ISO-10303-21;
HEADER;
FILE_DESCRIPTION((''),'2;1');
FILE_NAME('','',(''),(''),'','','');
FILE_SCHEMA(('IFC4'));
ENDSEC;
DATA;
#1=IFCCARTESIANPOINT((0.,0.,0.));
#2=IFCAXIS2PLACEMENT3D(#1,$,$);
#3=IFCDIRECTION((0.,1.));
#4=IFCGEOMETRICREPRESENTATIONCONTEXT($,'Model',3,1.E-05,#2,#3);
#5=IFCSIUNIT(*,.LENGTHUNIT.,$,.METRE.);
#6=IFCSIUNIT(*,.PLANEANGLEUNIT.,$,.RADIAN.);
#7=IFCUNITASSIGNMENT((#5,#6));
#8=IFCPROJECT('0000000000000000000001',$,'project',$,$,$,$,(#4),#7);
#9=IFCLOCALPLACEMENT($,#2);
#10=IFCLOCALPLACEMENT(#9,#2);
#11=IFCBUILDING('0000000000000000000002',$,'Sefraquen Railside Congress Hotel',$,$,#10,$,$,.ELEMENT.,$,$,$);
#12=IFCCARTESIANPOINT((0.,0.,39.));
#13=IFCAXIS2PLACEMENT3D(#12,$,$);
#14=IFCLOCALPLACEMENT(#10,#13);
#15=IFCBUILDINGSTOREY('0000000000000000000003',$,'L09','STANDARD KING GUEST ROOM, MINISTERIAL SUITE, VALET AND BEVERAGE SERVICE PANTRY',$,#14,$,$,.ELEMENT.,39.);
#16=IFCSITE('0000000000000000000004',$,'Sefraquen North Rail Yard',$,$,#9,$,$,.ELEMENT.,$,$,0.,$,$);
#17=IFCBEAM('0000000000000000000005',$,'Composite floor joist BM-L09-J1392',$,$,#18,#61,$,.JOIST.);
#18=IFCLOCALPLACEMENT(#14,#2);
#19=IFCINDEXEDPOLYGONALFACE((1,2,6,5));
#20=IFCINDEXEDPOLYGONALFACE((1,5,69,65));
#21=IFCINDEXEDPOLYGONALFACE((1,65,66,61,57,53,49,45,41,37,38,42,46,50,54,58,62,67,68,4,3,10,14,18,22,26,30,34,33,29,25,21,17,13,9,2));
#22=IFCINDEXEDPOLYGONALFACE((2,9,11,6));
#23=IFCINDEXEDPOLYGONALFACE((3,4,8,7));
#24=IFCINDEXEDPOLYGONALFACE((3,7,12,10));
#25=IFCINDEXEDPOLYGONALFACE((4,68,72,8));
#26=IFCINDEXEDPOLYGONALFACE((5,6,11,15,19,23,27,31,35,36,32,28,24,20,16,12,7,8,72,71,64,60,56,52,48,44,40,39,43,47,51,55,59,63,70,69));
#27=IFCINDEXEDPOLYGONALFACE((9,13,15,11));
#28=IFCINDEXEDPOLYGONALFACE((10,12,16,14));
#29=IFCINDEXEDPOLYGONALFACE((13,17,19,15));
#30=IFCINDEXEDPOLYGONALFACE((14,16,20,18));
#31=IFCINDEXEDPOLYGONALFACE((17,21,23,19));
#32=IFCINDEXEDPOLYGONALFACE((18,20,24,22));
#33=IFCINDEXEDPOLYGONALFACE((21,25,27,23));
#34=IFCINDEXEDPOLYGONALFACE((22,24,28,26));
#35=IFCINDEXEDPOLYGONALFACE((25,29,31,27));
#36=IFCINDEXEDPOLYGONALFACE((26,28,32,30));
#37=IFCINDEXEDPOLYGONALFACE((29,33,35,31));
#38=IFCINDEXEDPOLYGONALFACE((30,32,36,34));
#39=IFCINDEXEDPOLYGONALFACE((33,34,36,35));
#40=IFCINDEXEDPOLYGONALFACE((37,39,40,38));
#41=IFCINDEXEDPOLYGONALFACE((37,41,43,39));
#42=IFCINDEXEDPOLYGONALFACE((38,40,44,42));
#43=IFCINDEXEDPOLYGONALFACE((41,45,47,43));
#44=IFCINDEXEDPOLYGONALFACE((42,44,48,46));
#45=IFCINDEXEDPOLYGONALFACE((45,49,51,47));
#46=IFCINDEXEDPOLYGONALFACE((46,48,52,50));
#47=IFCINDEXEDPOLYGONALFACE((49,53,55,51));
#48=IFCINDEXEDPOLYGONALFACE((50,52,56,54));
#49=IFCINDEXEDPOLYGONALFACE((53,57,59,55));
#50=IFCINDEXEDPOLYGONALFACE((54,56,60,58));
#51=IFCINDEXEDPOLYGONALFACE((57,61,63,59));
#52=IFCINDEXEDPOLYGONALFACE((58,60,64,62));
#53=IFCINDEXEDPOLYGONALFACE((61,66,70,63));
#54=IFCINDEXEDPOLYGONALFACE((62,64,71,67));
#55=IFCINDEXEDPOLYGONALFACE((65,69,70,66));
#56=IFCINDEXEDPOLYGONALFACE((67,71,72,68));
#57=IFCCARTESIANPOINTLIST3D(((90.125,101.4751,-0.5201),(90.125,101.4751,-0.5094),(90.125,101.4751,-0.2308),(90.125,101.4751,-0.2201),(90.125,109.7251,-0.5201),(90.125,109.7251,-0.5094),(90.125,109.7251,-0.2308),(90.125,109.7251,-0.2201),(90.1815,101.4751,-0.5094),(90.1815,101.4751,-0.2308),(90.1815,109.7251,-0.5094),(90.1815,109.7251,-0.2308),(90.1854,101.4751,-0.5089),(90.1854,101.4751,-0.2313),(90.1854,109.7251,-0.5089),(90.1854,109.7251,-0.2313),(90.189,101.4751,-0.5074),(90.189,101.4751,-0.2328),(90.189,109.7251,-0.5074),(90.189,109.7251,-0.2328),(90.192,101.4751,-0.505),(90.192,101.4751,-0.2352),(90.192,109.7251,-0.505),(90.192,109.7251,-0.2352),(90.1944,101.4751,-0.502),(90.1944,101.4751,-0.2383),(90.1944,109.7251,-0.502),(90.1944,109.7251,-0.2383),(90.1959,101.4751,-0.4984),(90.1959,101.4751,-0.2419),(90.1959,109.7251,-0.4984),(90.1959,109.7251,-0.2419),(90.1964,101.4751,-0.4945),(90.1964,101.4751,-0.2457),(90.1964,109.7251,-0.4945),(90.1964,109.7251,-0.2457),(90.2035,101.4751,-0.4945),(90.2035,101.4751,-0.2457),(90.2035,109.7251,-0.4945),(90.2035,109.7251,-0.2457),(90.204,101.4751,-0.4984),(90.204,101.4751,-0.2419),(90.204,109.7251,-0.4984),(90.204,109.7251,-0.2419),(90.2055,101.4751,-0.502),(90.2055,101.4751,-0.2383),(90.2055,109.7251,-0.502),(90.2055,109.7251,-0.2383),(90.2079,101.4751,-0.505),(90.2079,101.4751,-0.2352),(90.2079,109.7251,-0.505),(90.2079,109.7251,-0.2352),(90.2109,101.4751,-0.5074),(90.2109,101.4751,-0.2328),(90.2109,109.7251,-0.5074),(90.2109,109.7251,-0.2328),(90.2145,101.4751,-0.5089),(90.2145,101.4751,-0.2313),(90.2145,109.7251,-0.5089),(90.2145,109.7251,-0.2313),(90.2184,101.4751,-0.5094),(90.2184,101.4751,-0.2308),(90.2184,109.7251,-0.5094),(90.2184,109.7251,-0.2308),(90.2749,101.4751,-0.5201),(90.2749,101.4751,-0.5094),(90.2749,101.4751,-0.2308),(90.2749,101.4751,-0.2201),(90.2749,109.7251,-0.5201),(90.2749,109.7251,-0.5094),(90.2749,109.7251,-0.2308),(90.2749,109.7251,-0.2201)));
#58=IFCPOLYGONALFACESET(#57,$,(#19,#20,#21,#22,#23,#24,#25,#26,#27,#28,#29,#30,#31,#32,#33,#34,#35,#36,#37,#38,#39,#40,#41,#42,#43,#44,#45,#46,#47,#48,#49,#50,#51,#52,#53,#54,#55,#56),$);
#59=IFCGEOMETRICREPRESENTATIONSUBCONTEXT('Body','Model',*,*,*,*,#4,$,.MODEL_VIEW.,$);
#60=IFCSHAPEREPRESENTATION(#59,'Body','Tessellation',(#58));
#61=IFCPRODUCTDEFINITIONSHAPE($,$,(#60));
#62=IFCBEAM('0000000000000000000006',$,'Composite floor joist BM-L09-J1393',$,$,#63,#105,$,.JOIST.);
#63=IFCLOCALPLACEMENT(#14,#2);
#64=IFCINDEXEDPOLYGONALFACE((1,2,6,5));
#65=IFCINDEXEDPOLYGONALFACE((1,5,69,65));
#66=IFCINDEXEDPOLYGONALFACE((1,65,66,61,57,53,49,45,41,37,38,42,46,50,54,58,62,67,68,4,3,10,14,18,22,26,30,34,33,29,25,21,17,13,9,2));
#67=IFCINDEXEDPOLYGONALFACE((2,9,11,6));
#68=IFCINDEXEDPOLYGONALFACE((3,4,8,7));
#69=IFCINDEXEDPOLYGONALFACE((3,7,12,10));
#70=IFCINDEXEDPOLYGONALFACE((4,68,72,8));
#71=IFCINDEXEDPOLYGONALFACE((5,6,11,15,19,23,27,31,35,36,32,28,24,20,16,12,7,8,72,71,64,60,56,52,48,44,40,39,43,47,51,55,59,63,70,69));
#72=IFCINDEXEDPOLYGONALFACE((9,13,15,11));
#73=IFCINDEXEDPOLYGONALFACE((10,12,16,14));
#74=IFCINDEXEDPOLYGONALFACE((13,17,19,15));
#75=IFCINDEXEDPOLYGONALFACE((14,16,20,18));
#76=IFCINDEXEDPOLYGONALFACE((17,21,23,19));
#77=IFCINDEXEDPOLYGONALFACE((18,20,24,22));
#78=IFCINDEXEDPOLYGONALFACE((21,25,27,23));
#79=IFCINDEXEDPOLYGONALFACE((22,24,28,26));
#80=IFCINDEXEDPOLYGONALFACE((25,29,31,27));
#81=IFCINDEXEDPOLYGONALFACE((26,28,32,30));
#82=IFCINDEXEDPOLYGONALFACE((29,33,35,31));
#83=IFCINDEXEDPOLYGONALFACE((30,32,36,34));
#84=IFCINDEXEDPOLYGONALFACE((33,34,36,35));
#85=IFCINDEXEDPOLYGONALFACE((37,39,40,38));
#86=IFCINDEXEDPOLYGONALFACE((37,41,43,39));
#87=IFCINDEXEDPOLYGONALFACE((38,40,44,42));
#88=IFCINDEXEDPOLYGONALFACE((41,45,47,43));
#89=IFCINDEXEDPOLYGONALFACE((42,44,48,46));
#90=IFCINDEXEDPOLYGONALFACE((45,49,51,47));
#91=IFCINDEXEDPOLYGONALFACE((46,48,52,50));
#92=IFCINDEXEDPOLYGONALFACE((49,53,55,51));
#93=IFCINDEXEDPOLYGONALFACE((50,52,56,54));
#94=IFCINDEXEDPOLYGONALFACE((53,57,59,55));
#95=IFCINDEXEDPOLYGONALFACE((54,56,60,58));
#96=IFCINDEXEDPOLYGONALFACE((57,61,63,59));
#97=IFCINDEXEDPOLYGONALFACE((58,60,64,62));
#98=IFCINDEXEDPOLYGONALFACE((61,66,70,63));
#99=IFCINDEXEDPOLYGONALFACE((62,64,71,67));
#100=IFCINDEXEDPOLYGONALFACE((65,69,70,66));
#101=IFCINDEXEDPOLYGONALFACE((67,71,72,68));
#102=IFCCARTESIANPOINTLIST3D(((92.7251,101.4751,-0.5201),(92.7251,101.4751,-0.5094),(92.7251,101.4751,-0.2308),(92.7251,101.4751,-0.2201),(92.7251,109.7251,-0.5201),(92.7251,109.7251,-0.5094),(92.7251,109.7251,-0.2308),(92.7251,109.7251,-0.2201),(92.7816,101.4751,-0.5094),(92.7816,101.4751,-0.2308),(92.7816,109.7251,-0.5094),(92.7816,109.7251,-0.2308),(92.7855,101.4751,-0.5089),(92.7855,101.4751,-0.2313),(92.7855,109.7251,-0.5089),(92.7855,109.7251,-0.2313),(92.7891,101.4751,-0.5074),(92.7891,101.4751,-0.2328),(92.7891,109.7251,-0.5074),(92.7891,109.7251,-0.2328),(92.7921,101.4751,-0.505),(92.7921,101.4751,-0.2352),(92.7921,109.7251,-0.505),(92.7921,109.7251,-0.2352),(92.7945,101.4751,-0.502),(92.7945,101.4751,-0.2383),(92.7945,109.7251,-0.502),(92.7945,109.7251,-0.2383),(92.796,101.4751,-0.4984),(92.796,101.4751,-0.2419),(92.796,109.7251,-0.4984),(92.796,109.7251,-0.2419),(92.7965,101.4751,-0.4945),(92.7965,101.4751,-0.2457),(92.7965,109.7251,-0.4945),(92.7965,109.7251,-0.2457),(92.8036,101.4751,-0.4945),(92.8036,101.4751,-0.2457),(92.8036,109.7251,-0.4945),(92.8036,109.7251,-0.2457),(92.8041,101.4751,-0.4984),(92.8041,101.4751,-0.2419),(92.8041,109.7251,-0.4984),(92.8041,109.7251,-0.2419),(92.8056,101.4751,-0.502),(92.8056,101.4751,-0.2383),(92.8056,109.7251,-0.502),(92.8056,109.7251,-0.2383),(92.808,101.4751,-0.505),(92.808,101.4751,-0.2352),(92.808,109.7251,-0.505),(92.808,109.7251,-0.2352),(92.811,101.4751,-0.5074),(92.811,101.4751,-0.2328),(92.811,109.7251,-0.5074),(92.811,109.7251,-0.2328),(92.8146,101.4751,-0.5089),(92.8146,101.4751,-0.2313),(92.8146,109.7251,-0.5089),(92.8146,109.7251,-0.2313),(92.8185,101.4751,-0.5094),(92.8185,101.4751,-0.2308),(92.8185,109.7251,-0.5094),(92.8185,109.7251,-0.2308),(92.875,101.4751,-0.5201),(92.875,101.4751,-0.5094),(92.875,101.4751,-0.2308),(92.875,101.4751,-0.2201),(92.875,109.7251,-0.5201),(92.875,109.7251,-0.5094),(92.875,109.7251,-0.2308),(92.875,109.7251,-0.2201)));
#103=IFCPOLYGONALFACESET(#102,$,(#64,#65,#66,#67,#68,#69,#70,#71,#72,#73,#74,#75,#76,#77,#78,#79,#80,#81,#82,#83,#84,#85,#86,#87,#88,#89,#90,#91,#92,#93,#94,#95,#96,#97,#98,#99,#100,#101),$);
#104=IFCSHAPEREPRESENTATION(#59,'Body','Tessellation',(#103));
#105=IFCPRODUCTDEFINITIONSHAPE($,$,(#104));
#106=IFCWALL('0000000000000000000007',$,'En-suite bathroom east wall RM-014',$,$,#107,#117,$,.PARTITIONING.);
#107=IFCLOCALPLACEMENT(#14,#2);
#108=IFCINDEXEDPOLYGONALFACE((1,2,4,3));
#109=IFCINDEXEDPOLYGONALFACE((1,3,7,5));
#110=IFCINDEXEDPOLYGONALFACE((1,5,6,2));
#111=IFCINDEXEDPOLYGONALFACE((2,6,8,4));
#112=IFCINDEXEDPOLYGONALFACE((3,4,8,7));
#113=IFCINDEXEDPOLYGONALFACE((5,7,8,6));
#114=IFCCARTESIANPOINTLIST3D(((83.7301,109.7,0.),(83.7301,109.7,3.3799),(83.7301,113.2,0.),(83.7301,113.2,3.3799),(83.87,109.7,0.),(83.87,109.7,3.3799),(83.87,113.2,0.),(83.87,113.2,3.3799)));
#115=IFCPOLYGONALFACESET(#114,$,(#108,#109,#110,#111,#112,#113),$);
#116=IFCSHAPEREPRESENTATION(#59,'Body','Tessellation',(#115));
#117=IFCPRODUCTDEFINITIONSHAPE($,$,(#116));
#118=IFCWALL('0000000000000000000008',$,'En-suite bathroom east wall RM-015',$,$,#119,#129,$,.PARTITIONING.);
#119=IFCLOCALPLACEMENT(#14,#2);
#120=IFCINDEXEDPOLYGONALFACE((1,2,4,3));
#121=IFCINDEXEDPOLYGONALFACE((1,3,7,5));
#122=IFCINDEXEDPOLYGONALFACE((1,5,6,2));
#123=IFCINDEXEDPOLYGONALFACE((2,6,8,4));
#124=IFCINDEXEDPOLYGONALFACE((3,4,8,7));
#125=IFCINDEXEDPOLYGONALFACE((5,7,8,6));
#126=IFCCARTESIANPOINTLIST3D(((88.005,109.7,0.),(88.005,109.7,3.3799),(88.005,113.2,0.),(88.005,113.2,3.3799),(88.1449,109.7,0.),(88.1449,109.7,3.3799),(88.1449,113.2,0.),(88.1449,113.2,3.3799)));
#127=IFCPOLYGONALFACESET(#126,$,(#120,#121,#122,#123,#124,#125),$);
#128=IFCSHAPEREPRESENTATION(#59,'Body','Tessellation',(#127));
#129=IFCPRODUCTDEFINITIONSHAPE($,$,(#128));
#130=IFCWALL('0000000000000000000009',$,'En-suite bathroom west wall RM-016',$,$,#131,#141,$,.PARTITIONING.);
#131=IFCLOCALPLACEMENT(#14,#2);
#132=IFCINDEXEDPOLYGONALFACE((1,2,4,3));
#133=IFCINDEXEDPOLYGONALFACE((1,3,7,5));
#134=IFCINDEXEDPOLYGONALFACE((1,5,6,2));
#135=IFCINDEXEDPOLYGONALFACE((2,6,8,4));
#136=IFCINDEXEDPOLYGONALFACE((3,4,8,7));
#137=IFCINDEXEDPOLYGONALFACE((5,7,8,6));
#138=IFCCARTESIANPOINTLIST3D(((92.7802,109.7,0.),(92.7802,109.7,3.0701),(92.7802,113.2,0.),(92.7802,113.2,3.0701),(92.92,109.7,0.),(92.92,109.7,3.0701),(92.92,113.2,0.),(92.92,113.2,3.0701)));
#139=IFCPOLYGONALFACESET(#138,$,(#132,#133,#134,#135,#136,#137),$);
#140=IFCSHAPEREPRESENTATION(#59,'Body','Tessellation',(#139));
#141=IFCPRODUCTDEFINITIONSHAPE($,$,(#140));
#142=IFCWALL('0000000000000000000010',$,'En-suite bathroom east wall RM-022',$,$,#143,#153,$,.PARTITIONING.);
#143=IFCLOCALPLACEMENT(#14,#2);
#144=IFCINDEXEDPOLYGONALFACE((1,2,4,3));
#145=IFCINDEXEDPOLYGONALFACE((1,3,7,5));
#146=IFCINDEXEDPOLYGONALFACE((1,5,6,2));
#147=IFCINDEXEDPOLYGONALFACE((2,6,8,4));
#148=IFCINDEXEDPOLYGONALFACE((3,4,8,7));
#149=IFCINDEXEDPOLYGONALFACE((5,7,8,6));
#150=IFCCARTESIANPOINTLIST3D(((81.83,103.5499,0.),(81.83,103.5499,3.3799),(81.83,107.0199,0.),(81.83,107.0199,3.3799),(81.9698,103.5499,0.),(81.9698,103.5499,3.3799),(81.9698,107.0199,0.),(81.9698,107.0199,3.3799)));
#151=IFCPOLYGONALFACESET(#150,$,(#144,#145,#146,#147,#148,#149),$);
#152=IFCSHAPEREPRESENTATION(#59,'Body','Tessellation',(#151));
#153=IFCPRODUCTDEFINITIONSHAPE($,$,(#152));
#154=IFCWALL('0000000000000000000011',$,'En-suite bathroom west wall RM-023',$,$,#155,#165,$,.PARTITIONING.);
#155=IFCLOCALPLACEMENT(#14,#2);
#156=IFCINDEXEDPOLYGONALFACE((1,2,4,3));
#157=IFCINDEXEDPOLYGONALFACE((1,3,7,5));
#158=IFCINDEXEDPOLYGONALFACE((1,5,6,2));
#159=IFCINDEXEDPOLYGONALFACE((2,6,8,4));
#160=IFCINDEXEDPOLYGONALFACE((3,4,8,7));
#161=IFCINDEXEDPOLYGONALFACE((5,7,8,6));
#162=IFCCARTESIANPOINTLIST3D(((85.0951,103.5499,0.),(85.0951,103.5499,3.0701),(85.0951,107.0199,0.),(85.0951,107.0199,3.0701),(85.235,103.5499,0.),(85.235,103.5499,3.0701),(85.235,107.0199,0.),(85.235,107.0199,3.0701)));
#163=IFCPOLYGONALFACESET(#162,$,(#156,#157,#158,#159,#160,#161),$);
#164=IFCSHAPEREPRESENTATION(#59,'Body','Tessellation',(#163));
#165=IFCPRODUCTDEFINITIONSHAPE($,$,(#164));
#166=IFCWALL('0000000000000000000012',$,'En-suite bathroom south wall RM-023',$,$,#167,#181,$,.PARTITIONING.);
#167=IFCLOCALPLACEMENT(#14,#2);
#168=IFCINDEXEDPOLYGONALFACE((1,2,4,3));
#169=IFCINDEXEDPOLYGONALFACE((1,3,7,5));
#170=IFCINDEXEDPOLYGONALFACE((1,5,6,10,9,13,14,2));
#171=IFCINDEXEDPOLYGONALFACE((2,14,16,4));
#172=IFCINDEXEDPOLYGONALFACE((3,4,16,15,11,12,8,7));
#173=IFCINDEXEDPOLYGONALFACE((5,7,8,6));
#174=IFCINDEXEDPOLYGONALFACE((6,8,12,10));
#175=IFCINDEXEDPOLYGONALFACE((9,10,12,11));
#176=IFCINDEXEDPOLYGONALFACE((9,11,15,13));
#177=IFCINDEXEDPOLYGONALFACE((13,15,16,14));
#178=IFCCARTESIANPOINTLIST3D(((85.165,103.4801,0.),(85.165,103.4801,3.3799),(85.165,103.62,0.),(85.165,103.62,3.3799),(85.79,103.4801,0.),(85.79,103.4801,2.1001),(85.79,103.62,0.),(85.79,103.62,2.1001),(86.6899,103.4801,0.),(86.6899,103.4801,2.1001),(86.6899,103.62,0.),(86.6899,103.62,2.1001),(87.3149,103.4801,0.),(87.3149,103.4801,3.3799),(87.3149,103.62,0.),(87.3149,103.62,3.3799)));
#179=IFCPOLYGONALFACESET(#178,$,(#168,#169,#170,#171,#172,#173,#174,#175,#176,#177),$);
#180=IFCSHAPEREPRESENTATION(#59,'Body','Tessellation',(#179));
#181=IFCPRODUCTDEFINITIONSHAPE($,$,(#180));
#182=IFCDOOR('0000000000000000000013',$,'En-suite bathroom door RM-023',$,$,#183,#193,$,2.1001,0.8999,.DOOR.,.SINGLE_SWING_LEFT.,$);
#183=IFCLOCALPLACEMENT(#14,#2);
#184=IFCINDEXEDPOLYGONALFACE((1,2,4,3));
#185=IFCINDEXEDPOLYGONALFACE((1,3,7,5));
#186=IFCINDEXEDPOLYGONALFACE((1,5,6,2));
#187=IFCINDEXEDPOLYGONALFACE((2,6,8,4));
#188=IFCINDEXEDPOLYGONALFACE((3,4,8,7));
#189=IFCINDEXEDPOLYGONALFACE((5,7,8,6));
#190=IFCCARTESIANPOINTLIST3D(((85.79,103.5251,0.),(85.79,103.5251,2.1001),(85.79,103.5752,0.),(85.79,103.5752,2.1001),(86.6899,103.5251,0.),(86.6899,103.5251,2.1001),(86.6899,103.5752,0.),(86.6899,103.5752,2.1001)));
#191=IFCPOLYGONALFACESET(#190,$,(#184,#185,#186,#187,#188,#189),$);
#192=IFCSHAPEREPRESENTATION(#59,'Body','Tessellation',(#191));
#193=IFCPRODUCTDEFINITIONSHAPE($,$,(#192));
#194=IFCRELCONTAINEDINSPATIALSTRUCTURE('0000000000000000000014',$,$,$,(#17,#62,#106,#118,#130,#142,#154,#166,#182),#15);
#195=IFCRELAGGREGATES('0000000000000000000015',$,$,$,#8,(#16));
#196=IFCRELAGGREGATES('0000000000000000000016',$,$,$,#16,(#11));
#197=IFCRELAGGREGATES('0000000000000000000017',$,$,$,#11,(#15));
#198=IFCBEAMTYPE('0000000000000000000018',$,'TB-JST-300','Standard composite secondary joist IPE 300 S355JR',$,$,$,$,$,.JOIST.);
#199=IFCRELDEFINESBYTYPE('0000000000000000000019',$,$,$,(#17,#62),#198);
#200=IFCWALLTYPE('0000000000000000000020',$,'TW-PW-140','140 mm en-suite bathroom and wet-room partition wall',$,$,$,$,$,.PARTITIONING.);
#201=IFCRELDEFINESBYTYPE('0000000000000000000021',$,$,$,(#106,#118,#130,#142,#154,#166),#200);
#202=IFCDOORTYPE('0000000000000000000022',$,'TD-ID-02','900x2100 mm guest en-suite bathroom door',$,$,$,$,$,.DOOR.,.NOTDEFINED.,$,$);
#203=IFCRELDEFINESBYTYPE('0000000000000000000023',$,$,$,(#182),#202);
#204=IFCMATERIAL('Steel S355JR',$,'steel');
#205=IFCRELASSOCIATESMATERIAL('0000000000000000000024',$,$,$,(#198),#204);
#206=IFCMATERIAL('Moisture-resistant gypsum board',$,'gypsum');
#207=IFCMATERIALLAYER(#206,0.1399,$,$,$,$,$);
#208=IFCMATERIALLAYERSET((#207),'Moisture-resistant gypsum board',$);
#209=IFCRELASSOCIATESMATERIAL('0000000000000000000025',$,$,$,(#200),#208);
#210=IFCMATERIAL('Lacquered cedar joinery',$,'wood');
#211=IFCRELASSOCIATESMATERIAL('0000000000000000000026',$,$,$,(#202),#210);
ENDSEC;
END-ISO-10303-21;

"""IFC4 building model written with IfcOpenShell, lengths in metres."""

from ifc_helpers import new_model, si_unit, direction, frame, frame_2d, origin, origin_2d, place, context, subcontext, project, spatial, rectangle, i_section, extrude, material, layer, layer_set, material_profile, profile_set, type_object, element, fill, save


model = new_model("IFC4")

# Units and contexts
model_context = context("Model", 3, precision=1e-05, world=origin(), true_north=direction((0.0, 1.0)))
body_context = subcontext(model_context, "Body", "Model", "MODEL_VIEW")
ifc_project = project(units=[si_unit("LENGTHUNIT", "METRE"), si_unit("PLANEANGLEUNIT", "RADIAN")], contexts=[model_context])

# Site, building, storey
site_placement = place(None, origin())
site = spatial("IfcSite", under=ifc_project, at=site_placement, Name="Sefraquen North Rail Yard", CompositionType="ELEMENT", RefElevation=0.0)
building_placement = place(site_placement, origin())
building = spatial("IfcBuilding", under=site, at=building_placement, Name="Sefraquen Railside Congress Hotel", CompositionType="ELEMENT")
storey_placement = place(building_placement, frame((0.0, 0.0, 39.0)))
storey = spatial("IfcBuildingStorey", under=building, at=storey_placement, Name="L09", Description="STANDARD KING GUEST ROOM, MINISTERIAL SUITE, VALET AND BEVERAGE SERVICE PANTRY", CompositionType="ELEMENT", Elevation=39.0)

# Beams
ifc_material_1 = material(Name="Steel S355JR", Category="steel")
ifc_material_profile_1 = material_profile(ifc_material_1, i_section(OverallWidth=0.1499, OverallDepth=0.3, WebThickness=0.0071, FlangeThickness=0.0107, FilletRadius=0.0149, at=origin_2d()), Name="IPE 300")
ifc_profile_set_1 = profile_set([ifc_material_profile_1], Name="Steel S355JR")
beam_type_1 = type_object("IfcBeamType", Name="TB-JST-300", Description="Standard composite secondary joist IPE 300 S355JR", PredefinedType="JOIST", material=ifc_profile_set_1)
for number, where, z_axis, x_axis, name in (
    (1, (90.2, 101.4751, -0.3701), (0.0, 1.0, 0.0), (-1.0, 0.0, 0.0), "Composite floor joist BM-L09-J1392"),
    (2, (92.8, 101.4751, -0.3701), (0.0, 1.0, 0.0), (-1.0, 0.0, 0.0), "Composite floor joist BM-L09-J1393"),
):
    element("IfcBeam", number, at=place(storey_placement, frame(where, z_axis=z_axis, x_axis=x_axis)), inside=storey, type_object=beam_type_1, Name=name, PredefinedType="JOIST", context=body_context, shape_type="SweptSolid", body=[
        extrude(i_section(OverallWidth=0.1499, OverallDepth=0.3, WebThickness=0.0071, FlangeThickness=0.0107, FilletRadius=0.0149, at=origin_2d()), origin(), (0.0, 0.0, 1.0), 8.25),
    ])

# Walls
ifc_material_2 = material(Name="Moisture-resistant gypsum board", Category="gypsum")
ifc_layer_1 = layer(ifc_material_2, 0.1399)
ifc_layer_set_1 = layer_set([ifc_layer_1], Name="Moisture-resistant gypsum board")
wall_type_1 = type_object("IfcWallType", Name="TW-PW-140", Description="140 mm en-suite bathroom and wet-room partition wall", PredefinedType="PARTITIONING", material=ifc_layer_set_1)
for number, where, z_axis, x_axis, name in (
    (3, (83.8, 109.7, 0.0), (0.0, 0.0, 1.0), (0.0, 1.0, 0.0), "En-suite bathroom east wall RM-014"),
    (4, (88.075, 109.7, 0.0), (0.0, 0.0, 1.0), (0.0, 1.0, 0.0), "En-suite bathroom east wall RM-015"),
):
    element("IfcWall", number, at=place(storey_placement, frame(where, z_axis=z_axis, x_axis=x_axis)), inside=storey, type_object=wall_type_1, Name=name, PredefinedType="PARTITIONING", context=body_context, shape_type="SweptSolid", body=[
        extrude(rectangle(XDim=3.5, YDim=0.1399, at=frame_2d((1.75, 0.0))), origin(), (0.0, 0.0, 1.0), 3.3799),
    ])
wall_1_placement = place(storey_placement, frame((92.8501, 109.7, 0.0), z_axis=(0.0, 0.0, 1.0), x_axis=(0.0, 1.0, 0.0)))
element("IfcWall", 5, at=wall_1_placement, inside=storey, type_object=wall_type_1, Name="En-suite bathroom west wall RM-016", PredefinedType="PARTITIONING", context=body_context, shape_type="SweptSolid", body=[
    extrude(rectangle(XDim=3.5, YDim=0.1399, at=frame_2d((1.75, 0.0))), origin(), (0.0, 0.0, 1.0), 3.0701),
])
wall_2_placement = place(storey_placement, frame((81.8999, 103.55, 0.0), z_axis=(0.0, 0.0, 1.0), x_axis=(0.0, 1.0, 0.0)))
element("IfcWall", 6, at=wall_2_placement, inside=storey, type_object=wall_type_1, Name="En-suite bathroom east wall RM-022", PredefinedType="PARTITIONING", context=body_context, shape_type="SweptSolid", body=[
    extrude(rectangle(XDim=3.47, YDim=0.1399, at=frame_2d((1.7349, 0.0))), origin(), (0.0, 0.0, 1.0), 3.3799),
])
wall_3_placement = place(storey_placement, frame((85.165, 103.55, 0.0), z_axis=(0.0, 0.0, 1.0), x_axis=(0.0, 1.0, 0.0)))
element("IfcWall", 7, at=wall_3_placement, inside=storey, type_object=wall_type_1, Name="En-suite bathroom west wall RM-023", PredefinedType="PARTITIONING", context=body_context, shape_type="SweptSolid", body=[
    extrude(rectangle(XDim=3.47, YDim=0.1399, at=frame_2d((1.7349, 0.0))), origin(), (0.0, 0.0, 1.0), 3.0701),
])

# Wall, opening, door
wall_4_placement = place(storey_placement, frame((85.165, 103.55, 0.0), z_axis=(0.0, 0.0, 1.0), x_axis=(1.0, 0.0, 0.0)))
wall_4 = element("IfcWall", 8, at=wall_4_placement, inside=storey, type_object=wall_type_1, Name="En-suite bathroom south wall RM-023", PredefinedType="PARTITIONING", context=body_context, shape_type="SweptSolid", body=[
    extrude(rectangle(XDim=2.1499, YDim=0.1399, at=frame_2d((1.075, 0.0))), origin(), (0.0, 0.0, 1.0), 3.3799),
])
opening_1_placement = place(wall_4_placement, frame((0.625, 0.0, 0.0)))
opening_1 = element("IfcOpeningElement", 9, at=opening_1_placement, cuts=wall_4, PredefinedType="OPENING", context=body_context, shape_type="SweptSolid", body=[
    extrude(rectangle(XDim=0.8999, YDim=2.1001, at=frame_2d((0.45, 1.05))), frame((0.0, 0.0798, 0.0), z_axis=(0.0, -1.0, 0.0), x_axis=(1.0, 0.0, 0.0)), (0.0, 0.0, 1.0), 0.1599),
])
ifc_material_3 = material(Name="Lacquered cedar joinery", Category="wood")
door_type = type_object("IfcDoorType", Name="TD-ID-02", Description="900x2100 mm guest en-suite bathroom door", OperationType="NOTDEFINED", PredefinedType="DOOR", material=ifc_material_3)
door_1_placement = place(opening_1_placement, frame((0.8999, 0.0, 0.0), z_axis=(0.0, 0.0, 1.0), x_axis=(-1.0, 0.0, 0.0)))
door_1 = element("IfcDoor", 10, at=door_1_placement, inside=storey, type_object=door_type, Name="En-suite bathroom door RM-023", OperationType="SINGLE_SWING_LEFT", OverallHeight=2.1001, OverallWidth=0.8999, PredefinedType="DOOR", context=body_context, shape_type="SweptSolid", body=[
    extrude(rectangle(XDim=0.8999, YDim=2.1001, at=frame_2d((0.45, 1.05))), frame((0.0, 0.0249, 0.0), z_axis=(0.0, -1.0, 0.0), x_axis=(1.0, 0.0, 0.0)), (0.0, 0.0, 1.0), 0.05),
])
fill(opening_1, door_1)

save(model, "model.ifc")
